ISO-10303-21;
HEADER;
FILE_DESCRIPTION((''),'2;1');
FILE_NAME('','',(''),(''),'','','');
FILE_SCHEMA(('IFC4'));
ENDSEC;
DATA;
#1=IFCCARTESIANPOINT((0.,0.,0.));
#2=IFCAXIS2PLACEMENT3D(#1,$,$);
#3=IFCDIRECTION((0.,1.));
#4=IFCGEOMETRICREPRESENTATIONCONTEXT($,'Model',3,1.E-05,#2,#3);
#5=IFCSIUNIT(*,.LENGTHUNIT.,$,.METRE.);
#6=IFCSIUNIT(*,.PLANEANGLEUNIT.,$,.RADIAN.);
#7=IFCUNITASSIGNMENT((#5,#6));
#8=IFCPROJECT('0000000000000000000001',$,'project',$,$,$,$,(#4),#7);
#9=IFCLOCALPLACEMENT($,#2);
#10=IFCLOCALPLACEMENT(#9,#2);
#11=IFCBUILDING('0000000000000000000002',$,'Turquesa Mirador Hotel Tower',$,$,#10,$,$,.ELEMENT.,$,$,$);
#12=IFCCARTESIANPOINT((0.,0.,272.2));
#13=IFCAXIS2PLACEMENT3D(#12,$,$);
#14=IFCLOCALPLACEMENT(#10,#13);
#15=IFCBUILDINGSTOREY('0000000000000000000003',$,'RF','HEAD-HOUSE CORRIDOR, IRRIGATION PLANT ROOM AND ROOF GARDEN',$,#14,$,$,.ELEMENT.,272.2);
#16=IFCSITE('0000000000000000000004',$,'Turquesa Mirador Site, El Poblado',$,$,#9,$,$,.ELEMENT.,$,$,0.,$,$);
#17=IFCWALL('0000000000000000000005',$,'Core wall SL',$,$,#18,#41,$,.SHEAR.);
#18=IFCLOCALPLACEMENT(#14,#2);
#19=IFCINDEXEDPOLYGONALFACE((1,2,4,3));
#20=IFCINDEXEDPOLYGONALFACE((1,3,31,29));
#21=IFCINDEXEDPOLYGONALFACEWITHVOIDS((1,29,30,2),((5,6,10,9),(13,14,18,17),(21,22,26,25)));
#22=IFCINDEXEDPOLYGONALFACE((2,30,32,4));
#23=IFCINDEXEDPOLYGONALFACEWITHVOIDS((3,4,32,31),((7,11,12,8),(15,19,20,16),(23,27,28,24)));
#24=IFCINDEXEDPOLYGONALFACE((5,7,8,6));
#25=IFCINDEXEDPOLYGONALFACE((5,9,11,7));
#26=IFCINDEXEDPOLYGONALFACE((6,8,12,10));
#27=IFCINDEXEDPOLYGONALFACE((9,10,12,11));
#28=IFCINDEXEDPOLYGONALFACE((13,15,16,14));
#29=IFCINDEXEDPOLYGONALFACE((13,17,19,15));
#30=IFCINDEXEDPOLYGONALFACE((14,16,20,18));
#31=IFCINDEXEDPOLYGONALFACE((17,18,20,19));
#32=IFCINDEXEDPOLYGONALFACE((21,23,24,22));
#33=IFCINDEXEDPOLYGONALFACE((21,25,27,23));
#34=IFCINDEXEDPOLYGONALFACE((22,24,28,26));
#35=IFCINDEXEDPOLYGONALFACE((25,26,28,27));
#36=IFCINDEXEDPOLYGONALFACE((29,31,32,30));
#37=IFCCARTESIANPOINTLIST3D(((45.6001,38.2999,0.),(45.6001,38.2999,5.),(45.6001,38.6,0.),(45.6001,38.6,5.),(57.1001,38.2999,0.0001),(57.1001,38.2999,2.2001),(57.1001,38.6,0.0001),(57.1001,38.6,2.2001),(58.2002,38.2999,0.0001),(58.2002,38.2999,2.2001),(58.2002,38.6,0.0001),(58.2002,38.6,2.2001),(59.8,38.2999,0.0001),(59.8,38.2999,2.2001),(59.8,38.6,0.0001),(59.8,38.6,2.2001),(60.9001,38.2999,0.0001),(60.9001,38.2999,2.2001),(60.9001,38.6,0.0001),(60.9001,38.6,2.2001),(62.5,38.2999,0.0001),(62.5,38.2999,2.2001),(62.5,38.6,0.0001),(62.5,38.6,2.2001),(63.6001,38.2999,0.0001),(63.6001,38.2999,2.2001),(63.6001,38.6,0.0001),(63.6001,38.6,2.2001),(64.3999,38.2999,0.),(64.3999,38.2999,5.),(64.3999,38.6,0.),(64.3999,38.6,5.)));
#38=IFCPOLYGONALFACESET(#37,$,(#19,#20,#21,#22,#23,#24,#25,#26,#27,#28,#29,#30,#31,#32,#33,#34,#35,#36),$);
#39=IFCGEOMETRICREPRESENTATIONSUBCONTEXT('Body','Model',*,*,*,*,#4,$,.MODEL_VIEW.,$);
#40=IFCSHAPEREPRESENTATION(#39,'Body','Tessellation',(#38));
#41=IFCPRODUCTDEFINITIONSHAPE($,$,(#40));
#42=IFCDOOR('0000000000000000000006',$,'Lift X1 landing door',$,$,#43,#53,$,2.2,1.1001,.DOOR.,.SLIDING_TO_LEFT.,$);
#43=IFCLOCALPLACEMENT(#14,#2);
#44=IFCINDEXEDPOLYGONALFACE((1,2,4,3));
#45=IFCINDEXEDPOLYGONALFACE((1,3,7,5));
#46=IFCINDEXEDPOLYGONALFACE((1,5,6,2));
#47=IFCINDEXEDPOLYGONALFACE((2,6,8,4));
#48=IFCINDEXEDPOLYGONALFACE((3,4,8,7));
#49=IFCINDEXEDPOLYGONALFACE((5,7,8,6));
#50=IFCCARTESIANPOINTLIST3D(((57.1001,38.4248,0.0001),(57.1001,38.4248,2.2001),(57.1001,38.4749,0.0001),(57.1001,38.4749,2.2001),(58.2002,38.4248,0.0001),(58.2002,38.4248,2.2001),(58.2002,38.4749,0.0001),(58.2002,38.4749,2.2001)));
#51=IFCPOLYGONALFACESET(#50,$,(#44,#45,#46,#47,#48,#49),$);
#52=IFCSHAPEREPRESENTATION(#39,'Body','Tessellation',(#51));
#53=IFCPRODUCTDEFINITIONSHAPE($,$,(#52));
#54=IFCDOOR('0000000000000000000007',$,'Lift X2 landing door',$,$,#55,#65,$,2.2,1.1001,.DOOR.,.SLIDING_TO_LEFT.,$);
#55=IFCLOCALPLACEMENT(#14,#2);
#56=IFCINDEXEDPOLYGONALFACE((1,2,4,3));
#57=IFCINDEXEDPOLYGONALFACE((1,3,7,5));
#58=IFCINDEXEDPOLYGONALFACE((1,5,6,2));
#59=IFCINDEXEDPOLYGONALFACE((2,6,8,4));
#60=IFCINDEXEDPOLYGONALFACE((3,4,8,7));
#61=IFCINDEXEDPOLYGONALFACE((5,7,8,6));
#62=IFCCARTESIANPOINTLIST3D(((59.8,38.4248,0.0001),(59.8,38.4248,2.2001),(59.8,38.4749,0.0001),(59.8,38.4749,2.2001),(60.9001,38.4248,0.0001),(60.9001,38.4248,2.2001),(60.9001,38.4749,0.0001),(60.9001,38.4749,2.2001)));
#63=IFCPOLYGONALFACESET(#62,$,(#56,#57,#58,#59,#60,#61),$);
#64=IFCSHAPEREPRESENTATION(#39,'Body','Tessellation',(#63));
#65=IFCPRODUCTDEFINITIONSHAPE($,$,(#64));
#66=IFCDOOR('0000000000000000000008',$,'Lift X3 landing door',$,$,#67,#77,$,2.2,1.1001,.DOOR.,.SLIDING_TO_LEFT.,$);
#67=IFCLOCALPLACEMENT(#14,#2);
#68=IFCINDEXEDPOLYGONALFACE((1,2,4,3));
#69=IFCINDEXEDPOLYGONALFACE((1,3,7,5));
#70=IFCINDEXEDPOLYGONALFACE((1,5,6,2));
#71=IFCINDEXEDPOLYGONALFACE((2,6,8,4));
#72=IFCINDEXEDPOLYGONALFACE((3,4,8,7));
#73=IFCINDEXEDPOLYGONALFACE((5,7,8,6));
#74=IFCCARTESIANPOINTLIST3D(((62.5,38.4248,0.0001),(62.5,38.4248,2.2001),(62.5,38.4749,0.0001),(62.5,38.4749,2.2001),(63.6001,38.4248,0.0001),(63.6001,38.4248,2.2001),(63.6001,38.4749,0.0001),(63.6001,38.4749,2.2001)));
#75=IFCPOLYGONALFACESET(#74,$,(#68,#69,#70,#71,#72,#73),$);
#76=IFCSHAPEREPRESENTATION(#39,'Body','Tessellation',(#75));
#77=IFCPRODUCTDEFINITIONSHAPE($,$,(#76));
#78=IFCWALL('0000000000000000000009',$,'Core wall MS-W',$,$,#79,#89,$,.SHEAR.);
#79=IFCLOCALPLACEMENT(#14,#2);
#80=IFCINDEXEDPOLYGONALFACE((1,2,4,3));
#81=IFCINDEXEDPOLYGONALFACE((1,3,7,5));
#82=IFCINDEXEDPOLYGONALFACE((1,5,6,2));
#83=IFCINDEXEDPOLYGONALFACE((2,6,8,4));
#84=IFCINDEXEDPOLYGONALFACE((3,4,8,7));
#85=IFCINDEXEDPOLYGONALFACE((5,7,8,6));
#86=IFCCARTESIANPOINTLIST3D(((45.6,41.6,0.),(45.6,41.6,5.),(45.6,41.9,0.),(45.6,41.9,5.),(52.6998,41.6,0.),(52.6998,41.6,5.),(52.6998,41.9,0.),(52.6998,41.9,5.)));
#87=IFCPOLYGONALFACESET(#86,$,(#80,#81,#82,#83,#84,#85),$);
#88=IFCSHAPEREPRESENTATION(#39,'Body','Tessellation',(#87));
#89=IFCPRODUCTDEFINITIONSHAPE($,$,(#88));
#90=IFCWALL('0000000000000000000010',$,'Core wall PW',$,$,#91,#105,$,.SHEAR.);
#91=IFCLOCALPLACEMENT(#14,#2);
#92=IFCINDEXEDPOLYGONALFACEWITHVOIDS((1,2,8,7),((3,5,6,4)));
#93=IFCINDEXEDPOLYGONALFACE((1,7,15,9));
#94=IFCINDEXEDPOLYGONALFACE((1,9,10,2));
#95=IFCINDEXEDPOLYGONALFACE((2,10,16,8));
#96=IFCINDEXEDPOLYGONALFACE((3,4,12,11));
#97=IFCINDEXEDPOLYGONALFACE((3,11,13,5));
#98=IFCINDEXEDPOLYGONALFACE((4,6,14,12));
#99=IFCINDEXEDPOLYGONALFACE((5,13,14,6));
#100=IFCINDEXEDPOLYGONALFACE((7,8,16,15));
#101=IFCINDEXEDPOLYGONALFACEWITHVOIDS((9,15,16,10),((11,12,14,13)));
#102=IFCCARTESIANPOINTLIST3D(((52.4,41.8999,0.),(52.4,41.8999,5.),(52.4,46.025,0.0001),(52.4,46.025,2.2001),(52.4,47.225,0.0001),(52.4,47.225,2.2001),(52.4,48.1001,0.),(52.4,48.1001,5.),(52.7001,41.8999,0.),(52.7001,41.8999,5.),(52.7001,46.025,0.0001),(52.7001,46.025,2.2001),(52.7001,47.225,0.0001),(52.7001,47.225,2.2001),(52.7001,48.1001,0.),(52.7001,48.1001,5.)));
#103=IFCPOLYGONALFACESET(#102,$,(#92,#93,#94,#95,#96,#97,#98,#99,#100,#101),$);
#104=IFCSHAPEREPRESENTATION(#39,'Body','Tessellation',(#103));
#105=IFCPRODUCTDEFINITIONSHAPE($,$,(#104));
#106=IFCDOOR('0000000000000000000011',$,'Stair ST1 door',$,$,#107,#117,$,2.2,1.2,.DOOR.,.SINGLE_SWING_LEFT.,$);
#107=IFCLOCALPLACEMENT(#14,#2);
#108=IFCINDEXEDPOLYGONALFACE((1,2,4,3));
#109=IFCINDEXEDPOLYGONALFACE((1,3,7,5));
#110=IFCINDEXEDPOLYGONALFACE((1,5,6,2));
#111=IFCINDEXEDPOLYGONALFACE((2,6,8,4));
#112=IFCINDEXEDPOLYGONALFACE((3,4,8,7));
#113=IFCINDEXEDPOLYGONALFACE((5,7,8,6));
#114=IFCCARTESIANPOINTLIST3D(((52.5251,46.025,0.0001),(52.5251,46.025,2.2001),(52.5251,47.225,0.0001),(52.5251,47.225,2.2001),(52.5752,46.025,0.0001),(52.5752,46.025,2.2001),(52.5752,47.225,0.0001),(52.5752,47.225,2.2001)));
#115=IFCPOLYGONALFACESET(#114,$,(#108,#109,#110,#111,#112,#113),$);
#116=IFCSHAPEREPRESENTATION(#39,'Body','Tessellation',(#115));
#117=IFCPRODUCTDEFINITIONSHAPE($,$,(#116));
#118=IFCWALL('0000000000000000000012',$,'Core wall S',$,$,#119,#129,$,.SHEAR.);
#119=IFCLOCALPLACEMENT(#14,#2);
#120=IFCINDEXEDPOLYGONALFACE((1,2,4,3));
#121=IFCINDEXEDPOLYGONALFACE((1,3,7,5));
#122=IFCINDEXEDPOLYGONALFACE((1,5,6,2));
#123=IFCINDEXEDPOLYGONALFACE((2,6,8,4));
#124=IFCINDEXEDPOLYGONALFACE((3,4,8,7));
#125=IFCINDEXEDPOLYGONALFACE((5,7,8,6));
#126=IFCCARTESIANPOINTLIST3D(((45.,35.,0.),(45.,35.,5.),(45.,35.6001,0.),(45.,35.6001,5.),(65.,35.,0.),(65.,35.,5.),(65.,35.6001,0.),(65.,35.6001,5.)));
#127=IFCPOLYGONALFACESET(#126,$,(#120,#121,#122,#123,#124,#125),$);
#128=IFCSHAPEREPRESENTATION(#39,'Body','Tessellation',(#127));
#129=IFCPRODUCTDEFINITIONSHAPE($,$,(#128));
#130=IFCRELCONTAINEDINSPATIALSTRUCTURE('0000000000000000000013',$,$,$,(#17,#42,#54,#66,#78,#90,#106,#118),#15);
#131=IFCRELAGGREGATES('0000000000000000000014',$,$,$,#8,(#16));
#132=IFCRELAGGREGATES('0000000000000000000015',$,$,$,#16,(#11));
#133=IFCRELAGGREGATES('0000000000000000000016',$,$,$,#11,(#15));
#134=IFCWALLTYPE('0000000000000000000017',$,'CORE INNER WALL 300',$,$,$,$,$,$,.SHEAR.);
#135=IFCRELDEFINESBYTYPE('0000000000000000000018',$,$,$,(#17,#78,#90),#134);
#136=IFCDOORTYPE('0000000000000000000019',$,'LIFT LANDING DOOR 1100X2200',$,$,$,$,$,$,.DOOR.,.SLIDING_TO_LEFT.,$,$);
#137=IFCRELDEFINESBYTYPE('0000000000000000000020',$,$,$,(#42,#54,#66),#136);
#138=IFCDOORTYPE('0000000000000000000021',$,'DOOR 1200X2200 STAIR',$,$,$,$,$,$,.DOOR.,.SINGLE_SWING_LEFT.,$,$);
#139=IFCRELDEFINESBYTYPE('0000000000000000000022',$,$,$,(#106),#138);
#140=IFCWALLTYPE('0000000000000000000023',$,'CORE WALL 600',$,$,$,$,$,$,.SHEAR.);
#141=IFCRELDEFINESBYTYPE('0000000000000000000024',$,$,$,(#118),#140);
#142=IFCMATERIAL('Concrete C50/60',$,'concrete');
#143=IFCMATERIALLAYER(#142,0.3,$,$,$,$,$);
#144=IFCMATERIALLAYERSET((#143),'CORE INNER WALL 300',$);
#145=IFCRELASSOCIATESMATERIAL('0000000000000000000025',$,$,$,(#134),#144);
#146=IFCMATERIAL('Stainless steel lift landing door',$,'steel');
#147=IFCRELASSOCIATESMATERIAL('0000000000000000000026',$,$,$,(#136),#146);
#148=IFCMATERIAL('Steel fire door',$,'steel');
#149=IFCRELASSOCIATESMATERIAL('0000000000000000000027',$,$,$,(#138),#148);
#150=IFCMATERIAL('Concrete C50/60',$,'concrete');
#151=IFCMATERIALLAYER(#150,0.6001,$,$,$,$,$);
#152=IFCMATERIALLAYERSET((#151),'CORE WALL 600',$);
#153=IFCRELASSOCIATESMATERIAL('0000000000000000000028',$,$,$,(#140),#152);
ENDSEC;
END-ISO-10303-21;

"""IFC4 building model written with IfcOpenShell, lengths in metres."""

from ifc_helpers import new_model, si_unit, direction, frame, frame_2d, origin, place, context, subcontext, project, spatial, rectangle, extrude, material, layer, layer_set, type_object, element, fill, save


model = new_model("IFC4")

# Units and contexts
model_context = context("Model", 3, precision=1e-05, world=origin(), true_north=direction((0.0, 1.0)))
body_context = subcontext(model_context, "Body", "Model", "MODEL_VIEW")
ifc_project = project(units=[si_unit("LENGTHUNIT", "METRE"), si_unit("PLANEANGLEUNIT", "RADIAN")], contexts=[model_context])

# Site, building, storey
site_placement = place(None, origin())
site = spatial("IfcSite", under=ifc_project, at=site_placement, Name="Turquesa Mirador Site, El Poblado", CompositionType="ELEMENT", RefElevation=0.0)
building_placement = place(site_placement, origin())
building = spatial("IfcBuilding", under=site, at=building_placement, Name="Turquesa Mirador Hotel Tower", CompositionType="ELEMENT")
storey_placement = place(building_placement, frame((0.0, 0.0, 272.2)))
storey = spatial("IfcBuildingStorey", under=building, at=storey_placement, Name="RF", Description="HEAD-HOUSE CORRIDOR, IRRIGATION PLANT ROOM AND ROOF GARDEN", CompositionType="ELEMENT", Elevation=272.2)

# Wall, openings, doors
ifc_material_1 = material(Name="Concrete C50/60", Category="concrete")
ifc_layer_1 = layer(ifc_material_1, 0.3)
ifc_layer_set_1 = layer_set([ifc_layer_1], Name="CORE INNER WALL 300")
wall_type_1 = type_object("IfcWallType", Name="CORE INNER WALL 300", PredefinedType="SHEAR", material=ifc_layer_set_1)
wall_1_placement = place(storey_placement, frame((45.6001, 38.45, 0.0), z_axis=(0.0, 0.0, 1.0), x_axis=(1.0, 0.0, 0.0)))
wall_1 = element("IfcWall", 1, at=wall_1_placement, inside=storey, type_object=wall_type_1, Name="Core wall SL", PredefinedType="SHEAR", context=body_context, shape_type="SweptSolid", body=[
    extrude(rectangle(XDim=18.7998, YDim=0.3, at=frame_2d((9.3999, 0.0))), origin(), (0.0, 0.0, 1.0), 5.0),
])
opening_1_placement = place(wall_1_placement, frame((11.5, 0.0, 0.0)))
opening_1 = element("IfcOpeningElement", 2, at=opening_1_placement, cuts=wall_1, PredefinedType="OPENING", context=body_context, shape_type="SweptSolid", body=[
    extrude(rectangle(XDim=1.1001, YDim=2.2, at=frame_2d((0.55, 1.1001))), frame((0.0, 0.1599, 0.0), z_axis=(0.0, -1.0, 0.0), x_axis=(1.0, 0.0, 0.0)), (0.0, 0.0, 1.0), 0.3201),
])
opening_2_placement = place(wall_1_placement, frame((14.2, 0.0, 0.0)))
opening_2 = element("IfcOpeningElement", 3, at=opening_2_placement, cuts=wall_1, PredefinedType="OPENING", context=body_context, shape_type="SweptSolid", body=[
    extrude(rectangle(XDim=1.1001, YDim=2.2, at=frame_2d((0.55, 1.1001))), frame((0.0, 0.1599, 0.0), z_axis=(0.0, -1.0, 0.0), x_axis=(1.0, 0.0, 0.0)), (0.0, 0.0, 1.0), 0.3201),
])
opening_3_placement = place(wall_1_placement, frame((16.8999, 0.0, 0.0)))
opening_3 = element("IfcOpeningElement", 4, at=opening_3_placement, cuts=wall_1, PredefinedType="OPENING", context=body_context, shape_type="SweptSolid", body=[
    extrude(rectangle(XDim=1.1001, YDim=2.2, at=frame_2d((0.55, 1.1001))), frame((0.0, 0.1599, 0.0), z_axis=(0.0, -1.0, 0.0), x_axis=(1.0, 0.0, 0.0)), (0.0, 0.0, 1.0), 0.3201),
])
ifc_material_2 = material(Name="Stainless steel lift landing door", Category="steel")
door_type_1 = type_object("IfcDoorType", Name="LIFT LANDING DOOR 1100X2200", OperationType="SLIDING_TO_LEFT", PredefinedType="DOOR", material=ifc_material_2)
door_1_placement = place(opening_1_placement, origin())
door_1 = element("IfcDoor", 5, at=door_1_placement, inside=storey, type_object=door_type_1, Name="Lift X1 landing door", OperationType="SLIDING_TO_LEFT", OverallHeight=2.2, OverallWidth=1.1001, PredefinedType="DOOR", context=body_context, shape_type="SweptSolid", body=[
    extrude(rectangle(XDim=1.1001, YDim=2.2, at=frame_2d((0.55, 1.1001))), frame((0.0, 0.0249, 0.0), z_axis=(0.0, -1.0, 0.0), x_axis=(1.0, 0.0, 0.0)), (0.0, 0.0, 1.0), 0.05),
])
fill(opening_1, door_1)
door_2_placement = place(opening_2_placement, origin())
door_2 = element("IfcDoor", 6, at=door_2_placement, inside=storey, type_object=door_type_1, Name="Lift X2 landing door", OperationType="SLIDING_TO_LEFT", OverallHeight=2.2, OverallWidth=1.1001, PredefinedType="DOOR", context=body_context, shape_type="SweptSolid", body=[
    extrude(rectangle(XDim=1.1001, YDim=2.2, at=frame_2d((0.55, 1.1001))), frame((0.0, 0.0249, 0.0), z_axis=(0.0, -1.0, 0.0), x_axis=(1.0, 0.0, 0.0)), (0.0, 0.0, 1.0), 0.05),
])
fill(opening_2, door_2)
door_3_placement = place(opening_3_placement, origin())
door_3 = element("IfcDoor", 7, at=door_3_placement, inside=storey, type_object=door_type_1, Name="Lift X3 landing door", OperationType="SLIDING_TO_LEFT", OverallHeight=2.2, OverallWidth=1.1001, PredefinedType="DOOR", context=body_context, shape_type="SweptSolid", body=[
    extrude(rectangle(XDim=1.1001, YDim=2.2, at=frame_2d((0.55, 1.1001))), frame((0.0, 0.0249, 0.0), z_axis=(0.0, -1.0, 0.0), x_axis=(1.0, 0.0, 0.0)), (0.0, 0.0, 1.0), 0.05),
])
fill(opening_3, door_3)

# Wall
wall_2_placement = place(storey_placement, frame((45.6001, 41.75, 0.0), z_axis=(0.0, 0.0, 1.0), x_axis=(1.0, 0.0, 0.0)))
element("IfcWall", 8, at=wall_2_placement, inside=storey, type_object=wall_type_1, Name="Core wall MS-W", PredefinedType="SHEAR", context=body_context, shape_type="SweptSolid", body=[
    extrude(rectangle(XDim=7.0999, YDim=0.3, at=frame_2d((3.5498, 0.0))), origin(), (0.0, 0.0, 1.0), 5.0),
])

# Wall, opening, door
wall_3_placement = place(storey_placement, frame((52.55, 41.8999, 0.0), z_axis=(0.0, 0.0, 1.0), x_axis=(0.0, 1.0, 0.0)))
wall_3 = element("IfcWall", 9, at=wall_3_placement, inside=storey, type_object=wall_type_1, Name="Core wall PW", PredefinedType="SHEAR", context=body_context, shape_type="SweptSolid", body=[
    extrude(rectangle(XDim=6.2002, YDim=0.3, at=frame_2d((3.1001, 0.0))), origin(), (0.0, 0.0, 1.0), 5.0),
])
opening_4_placement = place(wall_3_placement, frame((4.125, 0.0, 0.0)))
opening_4 = element("IfcOpeningElement", 10, at=opening_4_placement, cuts=wall_3, PredefinedType="OPENING", context=body_context, shape_type="SweptSolid", body=[
    extrude(rectangle(XDim=1.2, YDim=2.2, at=frame_2d((0.6001, 1.1001))), frame((0.0, 0.1599, 0.0), z_axis=(0.0, -1.0, 0.0), x_axis=(1.0, 0.0, 0.0)), (0.0, 0.0, 1.0), 0.3201),
])
ifc_material_3 = material(Name="Steel fire door", Category="steel")
door_type_2 = type_object("IfcDoorType", Name="DOOR 1200X2200 STAIR", OperationType="SINGLE_SWING_LEFT", PredefinedType="DOOR", material=ifc_material_3)
door_4_placement = place(opening_4_placement, origin())
door_4 = element("IfcDoor", 11, at=door_4_placement, inside=storey, type_object=door_type_2, Name="Stair ST1 door", OperationType="SINGLE_SWING_LEFT", OverallHeight=2.2, OverallWidth=1.2, PredefinedType="DOOR", context=body_context, shape_type="SweptSolid", body=[
    extrude(rectangle(XDim=1.2, YDim=2.2, at=frame_2d((0.6001, 1.1001))), frame((0.0, 0.0249, 0.0), z_axis=(0.0, -1.0, 0.0), x_axis=(1.0, 0.0, 0.0)), (0.0, 0.0, 1.0), 0.05),
])
fill(opening_4, door_4)

# Wall
ifc_material_4 = material(Name="Concrete C50/60", Category="concrete")
ifc_layer_2 = layer(ifc_material_4, 0.6001)
ifc_layer_set_2 = layer_set([ifc_layer_2], Name="CORE WALL 600")
wall_type_2 = type_object("IfcWallType", Name="CORE WALL 600", PredefinedType="SHEAR", material=ifc_layer_set_2)
wall_4_placement = place(storey_placement, frame((45.0, 35.3, 0.0), z_axis=(0.0, 0.0, 1.0), x_axis=(1.0, 0.0, 0.0)))
element("IfcWall", 12, at=wall_4_placement, inside=storey, type_object=wall_type_2, Name="Core wall S", PredefinedType="SHEAR", context=body_context, shape_type="SweptSolid", body=[
    extrude(rectangle(XDim=20.0, YDim=0.6001, at=frame_2d((10.0, 0.0))), origin(), (0.0, 0.0, 1.0), 5.0),
])

save(model, "model.ifc")
